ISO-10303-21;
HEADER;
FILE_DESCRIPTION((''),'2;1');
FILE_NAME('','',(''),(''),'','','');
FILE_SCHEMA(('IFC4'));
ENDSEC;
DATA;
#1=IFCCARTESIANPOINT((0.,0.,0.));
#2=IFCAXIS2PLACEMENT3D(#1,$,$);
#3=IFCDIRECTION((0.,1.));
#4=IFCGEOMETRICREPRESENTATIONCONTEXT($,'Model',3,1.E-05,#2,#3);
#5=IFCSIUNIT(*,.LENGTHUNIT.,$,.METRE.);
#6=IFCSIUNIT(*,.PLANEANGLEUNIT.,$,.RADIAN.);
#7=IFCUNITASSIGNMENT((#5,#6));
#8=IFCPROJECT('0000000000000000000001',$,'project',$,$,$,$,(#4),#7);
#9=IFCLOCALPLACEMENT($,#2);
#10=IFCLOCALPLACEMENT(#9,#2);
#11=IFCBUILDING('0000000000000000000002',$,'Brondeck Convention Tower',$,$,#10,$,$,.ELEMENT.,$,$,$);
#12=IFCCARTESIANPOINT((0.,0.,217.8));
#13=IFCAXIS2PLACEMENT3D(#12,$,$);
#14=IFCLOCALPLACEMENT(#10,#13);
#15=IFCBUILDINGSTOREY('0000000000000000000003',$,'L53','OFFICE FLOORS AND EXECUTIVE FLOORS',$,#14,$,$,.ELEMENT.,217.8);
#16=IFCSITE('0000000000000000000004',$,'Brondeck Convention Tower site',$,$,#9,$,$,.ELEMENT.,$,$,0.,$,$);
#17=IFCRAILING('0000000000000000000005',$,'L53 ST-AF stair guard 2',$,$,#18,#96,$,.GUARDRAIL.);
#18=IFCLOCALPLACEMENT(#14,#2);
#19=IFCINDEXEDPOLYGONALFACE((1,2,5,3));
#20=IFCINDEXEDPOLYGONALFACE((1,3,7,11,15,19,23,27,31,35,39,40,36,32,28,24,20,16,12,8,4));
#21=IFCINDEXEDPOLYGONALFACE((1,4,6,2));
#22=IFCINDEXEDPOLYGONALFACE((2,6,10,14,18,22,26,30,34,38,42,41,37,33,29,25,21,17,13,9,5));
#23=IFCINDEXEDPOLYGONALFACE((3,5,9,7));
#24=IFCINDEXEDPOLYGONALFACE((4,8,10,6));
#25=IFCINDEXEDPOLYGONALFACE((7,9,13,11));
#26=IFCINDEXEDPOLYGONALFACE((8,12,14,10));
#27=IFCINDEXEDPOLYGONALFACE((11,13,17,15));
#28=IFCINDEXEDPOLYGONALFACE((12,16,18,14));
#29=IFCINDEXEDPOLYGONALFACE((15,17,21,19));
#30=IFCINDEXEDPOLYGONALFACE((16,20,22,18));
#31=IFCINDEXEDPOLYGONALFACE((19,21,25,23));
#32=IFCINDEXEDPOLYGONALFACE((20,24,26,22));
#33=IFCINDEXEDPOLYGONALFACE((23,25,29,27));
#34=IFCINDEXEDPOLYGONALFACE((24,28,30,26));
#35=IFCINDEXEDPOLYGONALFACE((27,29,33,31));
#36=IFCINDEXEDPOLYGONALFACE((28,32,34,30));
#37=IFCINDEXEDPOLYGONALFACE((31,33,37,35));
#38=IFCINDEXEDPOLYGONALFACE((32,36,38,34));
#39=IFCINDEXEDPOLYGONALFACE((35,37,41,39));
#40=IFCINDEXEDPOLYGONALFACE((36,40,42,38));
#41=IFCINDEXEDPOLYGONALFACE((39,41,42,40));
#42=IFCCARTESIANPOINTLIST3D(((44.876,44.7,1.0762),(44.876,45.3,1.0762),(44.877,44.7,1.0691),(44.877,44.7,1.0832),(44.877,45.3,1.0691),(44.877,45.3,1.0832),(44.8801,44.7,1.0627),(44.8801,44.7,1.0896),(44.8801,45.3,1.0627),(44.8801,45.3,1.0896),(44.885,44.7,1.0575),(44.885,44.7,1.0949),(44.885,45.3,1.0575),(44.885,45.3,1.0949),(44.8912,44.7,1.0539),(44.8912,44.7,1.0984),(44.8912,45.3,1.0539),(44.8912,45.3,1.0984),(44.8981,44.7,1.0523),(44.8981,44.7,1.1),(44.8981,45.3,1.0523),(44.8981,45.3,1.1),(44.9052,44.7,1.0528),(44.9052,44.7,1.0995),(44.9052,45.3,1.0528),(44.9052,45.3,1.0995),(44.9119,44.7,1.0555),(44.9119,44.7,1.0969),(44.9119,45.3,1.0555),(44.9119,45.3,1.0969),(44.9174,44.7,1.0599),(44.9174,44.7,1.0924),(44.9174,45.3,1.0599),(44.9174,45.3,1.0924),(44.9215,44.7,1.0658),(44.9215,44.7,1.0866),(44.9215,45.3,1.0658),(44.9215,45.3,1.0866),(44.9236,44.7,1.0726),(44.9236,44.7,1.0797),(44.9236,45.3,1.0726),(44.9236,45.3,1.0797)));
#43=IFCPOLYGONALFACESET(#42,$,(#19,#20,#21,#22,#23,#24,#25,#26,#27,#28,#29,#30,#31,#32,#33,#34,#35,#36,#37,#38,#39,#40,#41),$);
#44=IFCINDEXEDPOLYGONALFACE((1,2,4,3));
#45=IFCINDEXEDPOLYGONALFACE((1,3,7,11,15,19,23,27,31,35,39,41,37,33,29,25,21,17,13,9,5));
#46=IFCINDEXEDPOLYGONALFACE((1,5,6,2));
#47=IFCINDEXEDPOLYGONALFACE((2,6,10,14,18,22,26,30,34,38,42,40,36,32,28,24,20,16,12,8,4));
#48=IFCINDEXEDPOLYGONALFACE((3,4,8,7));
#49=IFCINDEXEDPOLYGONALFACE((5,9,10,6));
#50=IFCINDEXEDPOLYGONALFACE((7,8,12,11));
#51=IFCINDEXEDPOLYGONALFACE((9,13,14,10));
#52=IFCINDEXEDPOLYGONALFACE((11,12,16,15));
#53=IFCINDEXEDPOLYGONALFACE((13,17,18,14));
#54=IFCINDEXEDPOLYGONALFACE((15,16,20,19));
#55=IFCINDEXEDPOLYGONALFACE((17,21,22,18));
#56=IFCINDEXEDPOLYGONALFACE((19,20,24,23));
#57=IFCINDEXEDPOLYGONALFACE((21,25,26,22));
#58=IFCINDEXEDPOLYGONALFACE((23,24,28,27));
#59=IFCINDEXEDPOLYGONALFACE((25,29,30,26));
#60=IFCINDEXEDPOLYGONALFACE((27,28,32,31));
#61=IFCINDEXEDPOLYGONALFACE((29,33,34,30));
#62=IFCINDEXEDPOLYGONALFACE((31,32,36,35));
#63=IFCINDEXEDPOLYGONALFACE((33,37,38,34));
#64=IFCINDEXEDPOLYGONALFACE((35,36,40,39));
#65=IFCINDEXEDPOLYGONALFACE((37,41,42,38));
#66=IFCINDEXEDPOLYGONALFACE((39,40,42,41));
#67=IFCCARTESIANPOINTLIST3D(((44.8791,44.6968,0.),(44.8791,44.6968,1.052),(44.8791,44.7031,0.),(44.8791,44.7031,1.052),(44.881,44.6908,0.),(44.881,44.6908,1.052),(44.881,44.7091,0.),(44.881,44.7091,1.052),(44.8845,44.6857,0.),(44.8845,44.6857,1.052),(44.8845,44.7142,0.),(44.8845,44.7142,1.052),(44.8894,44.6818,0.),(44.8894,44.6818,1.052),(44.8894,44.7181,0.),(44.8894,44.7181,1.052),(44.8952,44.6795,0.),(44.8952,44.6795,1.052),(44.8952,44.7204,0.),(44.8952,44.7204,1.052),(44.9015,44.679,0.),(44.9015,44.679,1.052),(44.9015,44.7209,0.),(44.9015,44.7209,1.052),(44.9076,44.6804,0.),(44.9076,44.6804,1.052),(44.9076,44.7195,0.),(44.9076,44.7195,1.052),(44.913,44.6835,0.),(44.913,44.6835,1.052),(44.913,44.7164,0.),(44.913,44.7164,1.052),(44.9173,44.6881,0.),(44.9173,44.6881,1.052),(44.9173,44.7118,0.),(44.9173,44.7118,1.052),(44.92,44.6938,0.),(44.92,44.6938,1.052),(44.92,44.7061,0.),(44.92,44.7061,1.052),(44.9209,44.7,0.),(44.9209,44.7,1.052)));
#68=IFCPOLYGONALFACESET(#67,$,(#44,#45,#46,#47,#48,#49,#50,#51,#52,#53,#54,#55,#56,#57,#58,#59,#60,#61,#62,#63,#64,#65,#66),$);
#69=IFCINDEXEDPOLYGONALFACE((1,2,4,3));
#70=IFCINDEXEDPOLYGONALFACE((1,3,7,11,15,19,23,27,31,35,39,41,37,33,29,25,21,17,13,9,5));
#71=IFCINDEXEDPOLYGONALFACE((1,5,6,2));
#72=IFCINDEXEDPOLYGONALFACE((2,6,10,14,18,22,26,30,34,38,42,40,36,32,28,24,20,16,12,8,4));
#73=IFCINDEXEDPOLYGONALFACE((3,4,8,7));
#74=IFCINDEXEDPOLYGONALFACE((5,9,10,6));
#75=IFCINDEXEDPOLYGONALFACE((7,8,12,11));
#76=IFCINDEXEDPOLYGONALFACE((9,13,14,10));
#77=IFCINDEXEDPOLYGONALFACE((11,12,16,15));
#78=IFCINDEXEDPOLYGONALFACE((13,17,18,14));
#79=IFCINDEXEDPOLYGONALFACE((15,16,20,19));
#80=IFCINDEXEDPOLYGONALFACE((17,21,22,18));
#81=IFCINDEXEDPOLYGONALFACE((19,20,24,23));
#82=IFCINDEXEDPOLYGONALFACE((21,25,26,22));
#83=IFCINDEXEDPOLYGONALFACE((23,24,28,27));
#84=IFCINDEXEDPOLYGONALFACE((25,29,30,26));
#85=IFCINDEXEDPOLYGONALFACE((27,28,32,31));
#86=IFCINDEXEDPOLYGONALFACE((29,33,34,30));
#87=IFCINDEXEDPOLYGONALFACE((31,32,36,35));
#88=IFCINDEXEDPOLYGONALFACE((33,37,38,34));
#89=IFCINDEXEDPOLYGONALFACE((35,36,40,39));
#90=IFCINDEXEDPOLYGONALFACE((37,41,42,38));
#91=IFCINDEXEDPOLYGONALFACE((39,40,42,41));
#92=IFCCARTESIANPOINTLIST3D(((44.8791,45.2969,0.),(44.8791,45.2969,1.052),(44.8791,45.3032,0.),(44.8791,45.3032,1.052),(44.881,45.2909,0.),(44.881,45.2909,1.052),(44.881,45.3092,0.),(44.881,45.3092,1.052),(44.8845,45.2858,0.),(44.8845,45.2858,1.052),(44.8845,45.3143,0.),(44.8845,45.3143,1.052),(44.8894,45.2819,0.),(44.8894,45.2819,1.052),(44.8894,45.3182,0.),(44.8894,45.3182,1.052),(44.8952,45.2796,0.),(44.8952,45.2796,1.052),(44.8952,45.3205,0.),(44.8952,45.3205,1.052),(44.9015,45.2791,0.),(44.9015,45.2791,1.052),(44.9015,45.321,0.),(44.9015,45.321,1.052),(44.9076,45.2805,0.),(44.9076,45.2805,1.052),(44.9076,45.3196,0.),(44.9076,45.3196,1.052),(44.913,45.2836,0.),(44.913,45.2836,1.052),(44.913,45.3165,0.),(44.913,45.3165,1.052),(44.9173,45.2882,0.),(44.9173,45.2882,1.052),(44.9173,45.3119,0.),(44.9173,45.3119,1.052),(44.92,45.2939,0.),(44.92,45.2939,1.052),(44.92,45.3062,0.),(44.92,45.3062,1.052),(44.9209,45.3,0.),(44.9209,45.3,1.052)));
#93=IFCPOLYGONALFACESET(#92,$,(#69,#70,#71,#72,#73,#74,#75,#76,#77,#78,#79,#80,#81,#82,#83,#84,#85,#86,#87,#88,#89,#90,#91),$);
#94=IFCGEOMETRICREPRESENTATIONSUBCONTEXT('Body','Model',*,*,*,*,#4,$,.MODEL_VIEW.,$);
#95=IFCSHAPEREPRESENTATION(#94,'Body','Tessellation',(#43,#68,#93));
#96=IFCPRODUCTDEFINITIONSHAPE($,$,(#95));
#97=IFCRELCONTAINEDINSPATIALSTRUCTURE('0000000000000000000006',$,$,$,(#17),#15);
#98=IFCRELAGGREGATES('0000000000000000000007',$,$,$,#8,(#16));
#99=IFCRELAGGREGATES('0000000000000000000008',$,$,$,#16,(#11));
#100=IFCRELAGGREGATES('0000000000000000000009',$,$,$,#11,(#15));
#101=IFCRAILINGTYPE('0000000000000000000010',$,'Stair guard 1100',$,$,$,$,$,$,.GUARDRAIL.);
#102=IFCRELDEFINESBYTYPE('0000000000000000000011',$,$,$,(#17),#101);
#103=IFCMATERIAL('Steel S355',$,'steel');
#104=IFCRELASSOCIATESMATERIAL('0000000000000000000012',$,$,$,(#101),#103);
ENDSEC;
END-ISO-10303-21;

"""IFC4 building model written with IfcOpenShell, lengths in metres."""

from ifc_helpers import new_model, si_unit, direction, frame, origin, origin_2d, place, context, subcontext, project, spatial, circle, extrude, material, type_object, element, save


model = new_model("IFC4")

# Units and contexts
model_context = context("Model", 3, precision=1e-05, world=origin(), true_north=direction((0.0, 1.0)))
body_context = subcontext(model_context, "Body", "Model", "MODEL_VIEW")
ifc_project = project(units=[si_unit("LENGTHUNIT", "METRE"), si_unit("PLANEANGLEUNIT", "RADIAN")], contexts=[model_context])

# Site, building, storey
site_placement = place(None, origin())
site = spatial("IfcSite", under=ifc_project, at=site_placement, Name="Brondeck Convention Tower site", CompositionType="ELEMENT", RefElevation=0.0)
building_placement = place(site_placement, origin())
building = spatial("IfcBuilding", under=site, at=building_placement, Name="Brondeck Convention Tower", CompositionType="ELEMENT")
storey_placement = place(building_placement, frame((0.0, 0.0, 217.8)))
storey = spatial("IfcBuildingStorey", under=building, at=storey_placement, Name="L53", Description="OFFICE FLOORS AND EXECUTIVE FLOORS", CompositionType="ELEMENT", Elevation=217.8)

# Shared definitions
ifc_material_1 = material(Name="Steel S355", Category="steel")

# Railing
railing_type_1 = type_object("IfcRailingType", Name="Stair guard 1100", PredefinedType="GUARDRAIL", material=ifc_material_1)
railing_1_placement = place(storey_placement, frame((44.8999, 44.7, 0.0)))
element("IfcRailing", 1, at=railing_1_placement, inside=storey, type_object=railing_type_1, Name="L53 ST-AF stair guard 2", PredefinedType="GUARDRAIL", context=body_context, shape_type="SweptSolid", body=[
    extrude(circle(Radius=0.0239, at=origin_2d()), frame((0.0, 0.0, 1.0762), z_axis=(0.0, 1.0, 0.0), x_axis=(-1.0, 0.0, 0.0)), (0.0, 0.0, 1.0), 0.6001),
    extrude(circle(Radius=0.021, at=origin_2d()), origin(), (0.0, 0.0, 1.0), 1.052),
    extrude(circle(Radius=0.021, at=origin_2d()), frame((0.0, 0.6001, 0.0)), (0.0, 0.0, 1.0), 1.052),
])

save(model, "model.ifc")
